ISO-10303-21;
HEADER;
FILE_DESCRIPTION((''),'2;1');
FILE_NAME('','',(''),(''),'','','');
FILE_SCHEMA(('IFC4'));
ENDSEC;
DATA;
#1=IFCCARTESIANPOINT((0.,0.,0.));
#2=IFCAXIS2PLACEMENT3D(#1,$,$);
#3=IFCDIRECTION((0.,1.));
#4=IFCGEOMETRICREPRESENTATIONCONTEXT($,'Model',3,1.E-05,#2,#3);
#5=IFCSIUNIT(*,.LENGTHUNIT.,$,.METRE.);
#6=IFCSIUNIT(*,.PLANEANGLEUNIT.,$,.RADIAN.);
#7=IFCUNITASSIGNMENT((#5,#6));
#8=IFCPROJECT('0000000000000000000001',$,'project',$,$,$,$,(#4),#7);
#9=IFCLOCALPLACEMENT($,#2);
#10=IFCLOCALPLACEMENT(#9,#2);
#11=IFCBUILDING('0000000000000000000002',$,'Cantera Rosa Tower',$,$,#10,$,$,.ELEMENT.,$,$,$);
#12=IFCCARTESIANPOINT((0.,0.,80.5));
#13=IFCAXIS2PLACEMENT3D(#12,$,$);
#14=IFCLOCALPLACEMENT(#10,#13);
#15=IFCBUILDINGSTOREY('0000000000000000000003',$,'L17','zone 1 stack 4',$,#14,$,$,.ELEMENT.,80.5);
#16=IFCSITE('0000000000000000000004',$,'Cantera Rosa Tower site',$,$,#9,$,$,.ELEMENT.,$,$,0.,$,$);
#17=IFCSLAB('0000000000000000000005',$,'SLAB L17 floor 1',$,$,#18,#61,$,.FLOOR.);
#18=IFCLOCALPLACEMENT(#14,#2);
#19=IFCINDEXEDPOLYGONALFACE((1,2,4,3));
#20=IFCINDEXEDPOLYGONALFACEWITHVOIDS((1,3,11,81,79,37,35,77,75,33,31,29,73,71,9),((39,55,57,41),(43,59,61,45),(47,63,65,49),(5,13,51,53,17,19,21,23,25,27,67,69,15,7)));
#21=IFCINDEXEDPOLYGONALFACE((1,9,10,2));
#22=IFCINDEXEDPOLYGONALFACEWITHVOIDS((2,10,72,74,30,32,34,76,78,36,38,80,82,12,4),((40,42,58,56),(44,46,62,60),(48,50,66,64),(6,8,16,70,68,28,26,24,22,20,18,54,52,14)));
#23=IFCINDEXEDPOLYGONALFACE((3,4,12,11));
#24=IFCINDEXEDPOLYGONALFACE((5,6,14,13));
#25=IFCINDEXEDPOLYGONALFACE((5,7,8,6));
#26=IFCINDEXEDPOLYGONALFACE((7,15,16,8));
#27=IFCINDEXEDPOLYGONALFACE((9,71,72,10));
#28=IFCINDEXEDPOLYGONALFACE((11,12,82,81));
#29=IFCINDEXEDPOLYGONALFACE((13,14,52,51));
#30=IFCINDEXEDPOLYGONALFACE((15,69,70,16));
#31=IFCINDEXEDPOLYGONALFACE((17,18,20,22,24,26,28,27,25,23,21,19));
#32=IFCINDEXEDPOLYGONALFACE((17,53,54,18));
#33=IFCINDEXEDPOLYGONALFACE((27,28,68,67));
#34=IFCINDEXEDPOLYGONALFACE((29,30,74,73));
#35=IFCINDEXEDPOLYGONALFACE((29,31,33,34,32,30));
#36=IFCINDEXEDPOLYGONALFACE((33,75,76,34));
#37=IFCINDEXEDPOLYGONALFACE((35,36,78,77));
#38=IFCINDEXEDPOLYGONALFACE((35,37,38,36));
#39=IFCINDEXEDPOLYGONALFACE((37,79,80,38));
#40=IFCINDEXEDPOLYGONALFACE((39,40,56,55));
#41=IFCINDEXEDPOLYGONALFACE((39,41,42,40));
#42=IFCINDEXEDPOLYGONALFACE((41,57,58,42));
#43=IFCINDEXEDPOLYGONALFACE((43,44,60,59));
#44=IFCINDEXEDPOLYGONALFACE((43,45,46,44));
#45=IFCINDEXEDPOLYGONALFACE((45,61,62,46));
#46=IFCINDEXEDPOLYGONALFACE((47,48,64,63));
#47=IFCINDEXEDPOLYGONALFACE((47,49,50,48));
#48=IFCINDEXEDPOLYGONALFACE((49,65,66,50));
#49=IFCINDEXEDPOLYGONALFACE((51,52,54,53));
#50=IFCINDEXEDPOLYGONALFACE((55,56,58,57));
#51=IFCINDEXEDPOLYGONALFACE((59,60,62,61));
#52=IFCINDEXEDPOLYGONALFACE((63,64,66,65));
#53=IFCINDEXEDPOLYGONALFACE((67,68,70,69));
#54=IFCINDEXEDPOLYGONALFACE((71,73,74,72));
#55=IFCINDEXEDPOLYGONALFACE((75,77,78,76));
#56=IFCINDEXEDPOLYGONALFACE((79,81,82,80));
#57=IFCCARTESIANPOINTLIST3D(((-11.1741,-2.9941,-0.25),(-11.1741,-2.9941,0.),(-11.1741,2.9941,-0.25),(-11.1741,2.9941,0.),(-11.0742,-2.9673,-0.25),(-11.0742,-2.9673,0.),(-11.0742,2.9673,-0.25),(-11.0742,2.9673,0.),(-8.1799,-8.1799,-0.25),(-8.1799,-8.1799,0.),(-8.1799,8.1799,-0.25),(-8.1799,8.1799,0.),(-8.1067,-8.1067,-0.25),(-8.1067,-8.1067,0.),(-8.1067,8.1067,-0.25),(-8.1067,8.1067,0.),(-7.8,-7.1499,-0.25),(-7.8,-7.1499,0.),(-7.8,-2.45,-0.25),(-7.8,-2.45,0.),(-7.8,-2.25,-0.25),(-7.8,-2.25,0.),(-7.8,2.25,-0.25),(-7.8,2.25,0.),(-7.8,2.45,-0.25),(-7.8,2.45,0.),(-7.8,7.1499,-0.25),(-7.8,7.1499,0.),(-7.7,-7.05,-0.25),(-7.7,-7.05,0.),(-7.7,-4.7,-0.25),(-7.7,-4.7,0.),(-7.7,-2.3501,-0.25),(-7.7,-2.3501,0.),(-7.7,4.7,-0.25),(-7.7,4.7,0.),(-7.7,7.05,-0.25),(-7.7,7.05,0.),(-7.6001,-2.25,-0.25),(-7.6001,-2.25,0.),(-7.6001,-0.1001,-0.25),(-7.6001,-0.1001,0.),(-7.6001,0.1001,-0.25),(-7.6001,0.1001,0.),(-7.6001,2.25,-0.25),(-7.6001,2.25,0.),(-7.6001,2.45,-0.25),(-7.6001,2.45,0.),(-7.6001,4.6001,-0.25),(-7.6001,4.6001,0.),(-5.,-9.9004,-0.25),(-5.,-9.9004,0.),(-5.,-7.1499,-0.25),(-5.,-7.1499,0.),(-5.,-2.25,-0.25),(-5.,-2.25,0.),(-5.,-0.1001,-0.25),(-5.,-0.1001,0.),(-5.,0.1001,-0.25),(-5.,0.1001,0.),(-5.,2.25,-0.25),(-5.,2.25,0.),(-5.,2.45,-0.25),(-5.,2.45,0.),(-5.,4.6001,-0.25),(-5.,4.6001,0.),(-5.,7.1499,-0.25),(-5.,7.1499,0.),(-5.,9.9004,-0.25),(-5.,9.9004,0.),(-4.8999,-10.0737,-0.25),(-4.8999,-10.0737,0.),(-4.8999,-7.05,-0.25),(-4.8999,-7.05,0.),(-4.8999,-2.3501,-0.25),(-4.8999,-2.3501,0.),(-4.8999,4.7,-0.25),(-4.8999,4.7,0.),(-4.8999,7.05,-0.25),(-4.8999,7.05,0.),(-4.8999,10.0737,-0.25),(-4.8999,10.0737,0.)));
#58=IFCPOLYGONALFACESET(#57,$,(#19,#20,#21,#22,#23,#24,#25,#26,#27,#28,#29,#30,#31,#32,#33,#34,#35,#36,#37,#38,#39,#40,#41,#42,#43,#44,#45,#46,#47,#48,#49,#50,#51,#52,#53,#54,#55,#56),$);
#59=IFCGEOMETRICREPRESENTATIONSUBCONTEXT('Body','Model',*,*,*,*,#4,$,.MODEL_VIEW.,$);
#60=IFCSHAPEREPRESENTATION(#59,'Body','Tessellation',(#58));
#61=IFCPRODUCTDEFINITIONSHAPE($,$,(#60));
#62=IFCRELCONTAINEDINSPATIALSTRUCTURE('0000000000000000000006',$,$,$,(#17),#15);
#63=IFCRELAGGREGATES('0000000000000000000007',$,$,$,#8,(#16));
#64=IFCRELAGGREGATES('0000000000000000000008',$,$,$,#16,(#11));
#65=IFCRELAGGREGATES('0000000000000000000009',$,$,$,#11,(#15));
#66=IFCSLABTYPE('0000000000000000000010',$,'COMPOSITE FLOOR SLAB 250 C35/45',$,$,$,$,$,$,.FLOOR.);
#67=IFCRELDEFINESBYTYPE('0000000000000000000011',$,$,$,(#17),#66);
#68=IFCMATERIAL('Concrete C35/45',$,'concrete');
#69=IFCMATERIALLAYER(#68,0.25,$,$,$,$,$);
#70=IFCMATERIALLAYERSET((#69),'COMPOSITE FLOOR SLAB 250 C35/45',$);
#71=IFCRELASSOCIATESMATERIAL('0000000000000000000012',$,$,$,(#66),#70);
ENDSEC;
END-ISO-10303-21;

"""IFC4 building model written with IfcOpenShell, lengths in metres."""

from ifc_helpers import new_model, si_unit, direction, frame, origin, place, context, subcontext, project, spatial, polyline, outline, extrude, material, layer, layer_set, type_object, element, save


model = new_model("IFC4")

# Units and contexts
model_context = context("Model", 3, precision=1e-05, world=origin(), true_north=direction((0.0, 1.0)))
body_context = subcontext(model_context, "Body", "Model", "MODEL_VIEW")
ifc_project = project(units=[si_unit("LENGTHUNIT", "METRE"), si_unit("PLANEANGLEUNIT", "RADIAN")], contexts=[model_context])

# Site, building, storey
site_placement = place(None, origin())
site = spatial("IfcSite", under=ifc_project, at=site_placement, Name="Cantera Rosa Tower site", CompositionType="ELEMENT", RefElevation=0.0)
building_placement = place(site_placement, origin())
building = spatial("IfcBuilding", under=site, at=building_placement, Name="Cantera Rosa Tower", CompositionType="ELEMENT")
storey_placement = place(building_placement, frame((0.0, 0.0, 80.5)))
storey = spatial("IfcBuildingStorey", under=building, at=storey_placement, Name="L17", Description="zone 1 stack 4", CompositionType="ELEMENT", Elevation=80.5)

# Slab
ifc_material_1 = material(Name="Concrete C35/45", Category="concrete")
ifc_layer_1 = layer(ifc_material_1, 0.25)
ifc_layer_set_1 = layer_set([ifc_layer_1], Name="COMPOSITE FLOOR SLAB 250 C35/45")
slab_type = type_object("IfcSlabType", Name="COMPOSITE FLOOR SLAB 250 C35/45", PredefinedType="FLOOR", material=ifc_layer_set_1)
slab_1_placement = place(storey_placement, frame((0.0, 0.0, -0.25)))
element("IfcSlab", 1, at=slab_1_placement, inside=storey, type_object=slab_type, Name="SLAB L17 floor 1", PredefinedType="FLOOR", context=body_context, shape_type="SweptSolid", body=[
    extrude(outline(polyline([(-7.7, -4.7), (-7.7, -7.05), (-4.8999, -7.05), (-4.8999, -10.0737), (-8.1799, -8.1799), (-11.1741, -2.9941), (-11.1741, 2.9941), (-8.1799, 8.1799), (-4.8999, 10.0737), (-4.8999, 7.05), (-7.7, 7.05), (-7.7, 4.7), (-4.8999, 4.7), (-4.8999, -2.3501), (-7.7, -2.3501), (-7.7, -4.7)]), holes=[polyline([(-7.6001, -0.1001), (-7.6001, -2.25), (-5.0, -2.25), (-5.0, -0.1001), (-7.6001, -0.1001)]), polyline([(-7.8, 2.45), (-7.8, 7.1499), (-5.0, 7.1499), (-5.0, 9.9004), (-8.1067, 8.1067), (-11.0742, 2.9673), (-11.0742, -2.9673), (-8.1067, -8.1067), (-5.0, -9.9004), (-5.0, -7.1499), (-7.8, -7.1499), (-7.8, -2.45), (-7.8, -2.25), (-7.8, 2.25), (-7.8, 2.45)]), polyline([(-7.6001, 0.1001), (-5.0, 0.1001), (-5.0, 2.25), (-7.6001, 2.25), (-7.6001, 0.1001)]), polyline([(-7.6001, 2.45), (-5.0, 2.45), (-5.0, 4.6001), (-7.6001, 4.6001), (-7.6001, 2.45)])]), origin(), (0.0, 0.0, 1.0), 0.25),
])

save(model, "model.ifc")
